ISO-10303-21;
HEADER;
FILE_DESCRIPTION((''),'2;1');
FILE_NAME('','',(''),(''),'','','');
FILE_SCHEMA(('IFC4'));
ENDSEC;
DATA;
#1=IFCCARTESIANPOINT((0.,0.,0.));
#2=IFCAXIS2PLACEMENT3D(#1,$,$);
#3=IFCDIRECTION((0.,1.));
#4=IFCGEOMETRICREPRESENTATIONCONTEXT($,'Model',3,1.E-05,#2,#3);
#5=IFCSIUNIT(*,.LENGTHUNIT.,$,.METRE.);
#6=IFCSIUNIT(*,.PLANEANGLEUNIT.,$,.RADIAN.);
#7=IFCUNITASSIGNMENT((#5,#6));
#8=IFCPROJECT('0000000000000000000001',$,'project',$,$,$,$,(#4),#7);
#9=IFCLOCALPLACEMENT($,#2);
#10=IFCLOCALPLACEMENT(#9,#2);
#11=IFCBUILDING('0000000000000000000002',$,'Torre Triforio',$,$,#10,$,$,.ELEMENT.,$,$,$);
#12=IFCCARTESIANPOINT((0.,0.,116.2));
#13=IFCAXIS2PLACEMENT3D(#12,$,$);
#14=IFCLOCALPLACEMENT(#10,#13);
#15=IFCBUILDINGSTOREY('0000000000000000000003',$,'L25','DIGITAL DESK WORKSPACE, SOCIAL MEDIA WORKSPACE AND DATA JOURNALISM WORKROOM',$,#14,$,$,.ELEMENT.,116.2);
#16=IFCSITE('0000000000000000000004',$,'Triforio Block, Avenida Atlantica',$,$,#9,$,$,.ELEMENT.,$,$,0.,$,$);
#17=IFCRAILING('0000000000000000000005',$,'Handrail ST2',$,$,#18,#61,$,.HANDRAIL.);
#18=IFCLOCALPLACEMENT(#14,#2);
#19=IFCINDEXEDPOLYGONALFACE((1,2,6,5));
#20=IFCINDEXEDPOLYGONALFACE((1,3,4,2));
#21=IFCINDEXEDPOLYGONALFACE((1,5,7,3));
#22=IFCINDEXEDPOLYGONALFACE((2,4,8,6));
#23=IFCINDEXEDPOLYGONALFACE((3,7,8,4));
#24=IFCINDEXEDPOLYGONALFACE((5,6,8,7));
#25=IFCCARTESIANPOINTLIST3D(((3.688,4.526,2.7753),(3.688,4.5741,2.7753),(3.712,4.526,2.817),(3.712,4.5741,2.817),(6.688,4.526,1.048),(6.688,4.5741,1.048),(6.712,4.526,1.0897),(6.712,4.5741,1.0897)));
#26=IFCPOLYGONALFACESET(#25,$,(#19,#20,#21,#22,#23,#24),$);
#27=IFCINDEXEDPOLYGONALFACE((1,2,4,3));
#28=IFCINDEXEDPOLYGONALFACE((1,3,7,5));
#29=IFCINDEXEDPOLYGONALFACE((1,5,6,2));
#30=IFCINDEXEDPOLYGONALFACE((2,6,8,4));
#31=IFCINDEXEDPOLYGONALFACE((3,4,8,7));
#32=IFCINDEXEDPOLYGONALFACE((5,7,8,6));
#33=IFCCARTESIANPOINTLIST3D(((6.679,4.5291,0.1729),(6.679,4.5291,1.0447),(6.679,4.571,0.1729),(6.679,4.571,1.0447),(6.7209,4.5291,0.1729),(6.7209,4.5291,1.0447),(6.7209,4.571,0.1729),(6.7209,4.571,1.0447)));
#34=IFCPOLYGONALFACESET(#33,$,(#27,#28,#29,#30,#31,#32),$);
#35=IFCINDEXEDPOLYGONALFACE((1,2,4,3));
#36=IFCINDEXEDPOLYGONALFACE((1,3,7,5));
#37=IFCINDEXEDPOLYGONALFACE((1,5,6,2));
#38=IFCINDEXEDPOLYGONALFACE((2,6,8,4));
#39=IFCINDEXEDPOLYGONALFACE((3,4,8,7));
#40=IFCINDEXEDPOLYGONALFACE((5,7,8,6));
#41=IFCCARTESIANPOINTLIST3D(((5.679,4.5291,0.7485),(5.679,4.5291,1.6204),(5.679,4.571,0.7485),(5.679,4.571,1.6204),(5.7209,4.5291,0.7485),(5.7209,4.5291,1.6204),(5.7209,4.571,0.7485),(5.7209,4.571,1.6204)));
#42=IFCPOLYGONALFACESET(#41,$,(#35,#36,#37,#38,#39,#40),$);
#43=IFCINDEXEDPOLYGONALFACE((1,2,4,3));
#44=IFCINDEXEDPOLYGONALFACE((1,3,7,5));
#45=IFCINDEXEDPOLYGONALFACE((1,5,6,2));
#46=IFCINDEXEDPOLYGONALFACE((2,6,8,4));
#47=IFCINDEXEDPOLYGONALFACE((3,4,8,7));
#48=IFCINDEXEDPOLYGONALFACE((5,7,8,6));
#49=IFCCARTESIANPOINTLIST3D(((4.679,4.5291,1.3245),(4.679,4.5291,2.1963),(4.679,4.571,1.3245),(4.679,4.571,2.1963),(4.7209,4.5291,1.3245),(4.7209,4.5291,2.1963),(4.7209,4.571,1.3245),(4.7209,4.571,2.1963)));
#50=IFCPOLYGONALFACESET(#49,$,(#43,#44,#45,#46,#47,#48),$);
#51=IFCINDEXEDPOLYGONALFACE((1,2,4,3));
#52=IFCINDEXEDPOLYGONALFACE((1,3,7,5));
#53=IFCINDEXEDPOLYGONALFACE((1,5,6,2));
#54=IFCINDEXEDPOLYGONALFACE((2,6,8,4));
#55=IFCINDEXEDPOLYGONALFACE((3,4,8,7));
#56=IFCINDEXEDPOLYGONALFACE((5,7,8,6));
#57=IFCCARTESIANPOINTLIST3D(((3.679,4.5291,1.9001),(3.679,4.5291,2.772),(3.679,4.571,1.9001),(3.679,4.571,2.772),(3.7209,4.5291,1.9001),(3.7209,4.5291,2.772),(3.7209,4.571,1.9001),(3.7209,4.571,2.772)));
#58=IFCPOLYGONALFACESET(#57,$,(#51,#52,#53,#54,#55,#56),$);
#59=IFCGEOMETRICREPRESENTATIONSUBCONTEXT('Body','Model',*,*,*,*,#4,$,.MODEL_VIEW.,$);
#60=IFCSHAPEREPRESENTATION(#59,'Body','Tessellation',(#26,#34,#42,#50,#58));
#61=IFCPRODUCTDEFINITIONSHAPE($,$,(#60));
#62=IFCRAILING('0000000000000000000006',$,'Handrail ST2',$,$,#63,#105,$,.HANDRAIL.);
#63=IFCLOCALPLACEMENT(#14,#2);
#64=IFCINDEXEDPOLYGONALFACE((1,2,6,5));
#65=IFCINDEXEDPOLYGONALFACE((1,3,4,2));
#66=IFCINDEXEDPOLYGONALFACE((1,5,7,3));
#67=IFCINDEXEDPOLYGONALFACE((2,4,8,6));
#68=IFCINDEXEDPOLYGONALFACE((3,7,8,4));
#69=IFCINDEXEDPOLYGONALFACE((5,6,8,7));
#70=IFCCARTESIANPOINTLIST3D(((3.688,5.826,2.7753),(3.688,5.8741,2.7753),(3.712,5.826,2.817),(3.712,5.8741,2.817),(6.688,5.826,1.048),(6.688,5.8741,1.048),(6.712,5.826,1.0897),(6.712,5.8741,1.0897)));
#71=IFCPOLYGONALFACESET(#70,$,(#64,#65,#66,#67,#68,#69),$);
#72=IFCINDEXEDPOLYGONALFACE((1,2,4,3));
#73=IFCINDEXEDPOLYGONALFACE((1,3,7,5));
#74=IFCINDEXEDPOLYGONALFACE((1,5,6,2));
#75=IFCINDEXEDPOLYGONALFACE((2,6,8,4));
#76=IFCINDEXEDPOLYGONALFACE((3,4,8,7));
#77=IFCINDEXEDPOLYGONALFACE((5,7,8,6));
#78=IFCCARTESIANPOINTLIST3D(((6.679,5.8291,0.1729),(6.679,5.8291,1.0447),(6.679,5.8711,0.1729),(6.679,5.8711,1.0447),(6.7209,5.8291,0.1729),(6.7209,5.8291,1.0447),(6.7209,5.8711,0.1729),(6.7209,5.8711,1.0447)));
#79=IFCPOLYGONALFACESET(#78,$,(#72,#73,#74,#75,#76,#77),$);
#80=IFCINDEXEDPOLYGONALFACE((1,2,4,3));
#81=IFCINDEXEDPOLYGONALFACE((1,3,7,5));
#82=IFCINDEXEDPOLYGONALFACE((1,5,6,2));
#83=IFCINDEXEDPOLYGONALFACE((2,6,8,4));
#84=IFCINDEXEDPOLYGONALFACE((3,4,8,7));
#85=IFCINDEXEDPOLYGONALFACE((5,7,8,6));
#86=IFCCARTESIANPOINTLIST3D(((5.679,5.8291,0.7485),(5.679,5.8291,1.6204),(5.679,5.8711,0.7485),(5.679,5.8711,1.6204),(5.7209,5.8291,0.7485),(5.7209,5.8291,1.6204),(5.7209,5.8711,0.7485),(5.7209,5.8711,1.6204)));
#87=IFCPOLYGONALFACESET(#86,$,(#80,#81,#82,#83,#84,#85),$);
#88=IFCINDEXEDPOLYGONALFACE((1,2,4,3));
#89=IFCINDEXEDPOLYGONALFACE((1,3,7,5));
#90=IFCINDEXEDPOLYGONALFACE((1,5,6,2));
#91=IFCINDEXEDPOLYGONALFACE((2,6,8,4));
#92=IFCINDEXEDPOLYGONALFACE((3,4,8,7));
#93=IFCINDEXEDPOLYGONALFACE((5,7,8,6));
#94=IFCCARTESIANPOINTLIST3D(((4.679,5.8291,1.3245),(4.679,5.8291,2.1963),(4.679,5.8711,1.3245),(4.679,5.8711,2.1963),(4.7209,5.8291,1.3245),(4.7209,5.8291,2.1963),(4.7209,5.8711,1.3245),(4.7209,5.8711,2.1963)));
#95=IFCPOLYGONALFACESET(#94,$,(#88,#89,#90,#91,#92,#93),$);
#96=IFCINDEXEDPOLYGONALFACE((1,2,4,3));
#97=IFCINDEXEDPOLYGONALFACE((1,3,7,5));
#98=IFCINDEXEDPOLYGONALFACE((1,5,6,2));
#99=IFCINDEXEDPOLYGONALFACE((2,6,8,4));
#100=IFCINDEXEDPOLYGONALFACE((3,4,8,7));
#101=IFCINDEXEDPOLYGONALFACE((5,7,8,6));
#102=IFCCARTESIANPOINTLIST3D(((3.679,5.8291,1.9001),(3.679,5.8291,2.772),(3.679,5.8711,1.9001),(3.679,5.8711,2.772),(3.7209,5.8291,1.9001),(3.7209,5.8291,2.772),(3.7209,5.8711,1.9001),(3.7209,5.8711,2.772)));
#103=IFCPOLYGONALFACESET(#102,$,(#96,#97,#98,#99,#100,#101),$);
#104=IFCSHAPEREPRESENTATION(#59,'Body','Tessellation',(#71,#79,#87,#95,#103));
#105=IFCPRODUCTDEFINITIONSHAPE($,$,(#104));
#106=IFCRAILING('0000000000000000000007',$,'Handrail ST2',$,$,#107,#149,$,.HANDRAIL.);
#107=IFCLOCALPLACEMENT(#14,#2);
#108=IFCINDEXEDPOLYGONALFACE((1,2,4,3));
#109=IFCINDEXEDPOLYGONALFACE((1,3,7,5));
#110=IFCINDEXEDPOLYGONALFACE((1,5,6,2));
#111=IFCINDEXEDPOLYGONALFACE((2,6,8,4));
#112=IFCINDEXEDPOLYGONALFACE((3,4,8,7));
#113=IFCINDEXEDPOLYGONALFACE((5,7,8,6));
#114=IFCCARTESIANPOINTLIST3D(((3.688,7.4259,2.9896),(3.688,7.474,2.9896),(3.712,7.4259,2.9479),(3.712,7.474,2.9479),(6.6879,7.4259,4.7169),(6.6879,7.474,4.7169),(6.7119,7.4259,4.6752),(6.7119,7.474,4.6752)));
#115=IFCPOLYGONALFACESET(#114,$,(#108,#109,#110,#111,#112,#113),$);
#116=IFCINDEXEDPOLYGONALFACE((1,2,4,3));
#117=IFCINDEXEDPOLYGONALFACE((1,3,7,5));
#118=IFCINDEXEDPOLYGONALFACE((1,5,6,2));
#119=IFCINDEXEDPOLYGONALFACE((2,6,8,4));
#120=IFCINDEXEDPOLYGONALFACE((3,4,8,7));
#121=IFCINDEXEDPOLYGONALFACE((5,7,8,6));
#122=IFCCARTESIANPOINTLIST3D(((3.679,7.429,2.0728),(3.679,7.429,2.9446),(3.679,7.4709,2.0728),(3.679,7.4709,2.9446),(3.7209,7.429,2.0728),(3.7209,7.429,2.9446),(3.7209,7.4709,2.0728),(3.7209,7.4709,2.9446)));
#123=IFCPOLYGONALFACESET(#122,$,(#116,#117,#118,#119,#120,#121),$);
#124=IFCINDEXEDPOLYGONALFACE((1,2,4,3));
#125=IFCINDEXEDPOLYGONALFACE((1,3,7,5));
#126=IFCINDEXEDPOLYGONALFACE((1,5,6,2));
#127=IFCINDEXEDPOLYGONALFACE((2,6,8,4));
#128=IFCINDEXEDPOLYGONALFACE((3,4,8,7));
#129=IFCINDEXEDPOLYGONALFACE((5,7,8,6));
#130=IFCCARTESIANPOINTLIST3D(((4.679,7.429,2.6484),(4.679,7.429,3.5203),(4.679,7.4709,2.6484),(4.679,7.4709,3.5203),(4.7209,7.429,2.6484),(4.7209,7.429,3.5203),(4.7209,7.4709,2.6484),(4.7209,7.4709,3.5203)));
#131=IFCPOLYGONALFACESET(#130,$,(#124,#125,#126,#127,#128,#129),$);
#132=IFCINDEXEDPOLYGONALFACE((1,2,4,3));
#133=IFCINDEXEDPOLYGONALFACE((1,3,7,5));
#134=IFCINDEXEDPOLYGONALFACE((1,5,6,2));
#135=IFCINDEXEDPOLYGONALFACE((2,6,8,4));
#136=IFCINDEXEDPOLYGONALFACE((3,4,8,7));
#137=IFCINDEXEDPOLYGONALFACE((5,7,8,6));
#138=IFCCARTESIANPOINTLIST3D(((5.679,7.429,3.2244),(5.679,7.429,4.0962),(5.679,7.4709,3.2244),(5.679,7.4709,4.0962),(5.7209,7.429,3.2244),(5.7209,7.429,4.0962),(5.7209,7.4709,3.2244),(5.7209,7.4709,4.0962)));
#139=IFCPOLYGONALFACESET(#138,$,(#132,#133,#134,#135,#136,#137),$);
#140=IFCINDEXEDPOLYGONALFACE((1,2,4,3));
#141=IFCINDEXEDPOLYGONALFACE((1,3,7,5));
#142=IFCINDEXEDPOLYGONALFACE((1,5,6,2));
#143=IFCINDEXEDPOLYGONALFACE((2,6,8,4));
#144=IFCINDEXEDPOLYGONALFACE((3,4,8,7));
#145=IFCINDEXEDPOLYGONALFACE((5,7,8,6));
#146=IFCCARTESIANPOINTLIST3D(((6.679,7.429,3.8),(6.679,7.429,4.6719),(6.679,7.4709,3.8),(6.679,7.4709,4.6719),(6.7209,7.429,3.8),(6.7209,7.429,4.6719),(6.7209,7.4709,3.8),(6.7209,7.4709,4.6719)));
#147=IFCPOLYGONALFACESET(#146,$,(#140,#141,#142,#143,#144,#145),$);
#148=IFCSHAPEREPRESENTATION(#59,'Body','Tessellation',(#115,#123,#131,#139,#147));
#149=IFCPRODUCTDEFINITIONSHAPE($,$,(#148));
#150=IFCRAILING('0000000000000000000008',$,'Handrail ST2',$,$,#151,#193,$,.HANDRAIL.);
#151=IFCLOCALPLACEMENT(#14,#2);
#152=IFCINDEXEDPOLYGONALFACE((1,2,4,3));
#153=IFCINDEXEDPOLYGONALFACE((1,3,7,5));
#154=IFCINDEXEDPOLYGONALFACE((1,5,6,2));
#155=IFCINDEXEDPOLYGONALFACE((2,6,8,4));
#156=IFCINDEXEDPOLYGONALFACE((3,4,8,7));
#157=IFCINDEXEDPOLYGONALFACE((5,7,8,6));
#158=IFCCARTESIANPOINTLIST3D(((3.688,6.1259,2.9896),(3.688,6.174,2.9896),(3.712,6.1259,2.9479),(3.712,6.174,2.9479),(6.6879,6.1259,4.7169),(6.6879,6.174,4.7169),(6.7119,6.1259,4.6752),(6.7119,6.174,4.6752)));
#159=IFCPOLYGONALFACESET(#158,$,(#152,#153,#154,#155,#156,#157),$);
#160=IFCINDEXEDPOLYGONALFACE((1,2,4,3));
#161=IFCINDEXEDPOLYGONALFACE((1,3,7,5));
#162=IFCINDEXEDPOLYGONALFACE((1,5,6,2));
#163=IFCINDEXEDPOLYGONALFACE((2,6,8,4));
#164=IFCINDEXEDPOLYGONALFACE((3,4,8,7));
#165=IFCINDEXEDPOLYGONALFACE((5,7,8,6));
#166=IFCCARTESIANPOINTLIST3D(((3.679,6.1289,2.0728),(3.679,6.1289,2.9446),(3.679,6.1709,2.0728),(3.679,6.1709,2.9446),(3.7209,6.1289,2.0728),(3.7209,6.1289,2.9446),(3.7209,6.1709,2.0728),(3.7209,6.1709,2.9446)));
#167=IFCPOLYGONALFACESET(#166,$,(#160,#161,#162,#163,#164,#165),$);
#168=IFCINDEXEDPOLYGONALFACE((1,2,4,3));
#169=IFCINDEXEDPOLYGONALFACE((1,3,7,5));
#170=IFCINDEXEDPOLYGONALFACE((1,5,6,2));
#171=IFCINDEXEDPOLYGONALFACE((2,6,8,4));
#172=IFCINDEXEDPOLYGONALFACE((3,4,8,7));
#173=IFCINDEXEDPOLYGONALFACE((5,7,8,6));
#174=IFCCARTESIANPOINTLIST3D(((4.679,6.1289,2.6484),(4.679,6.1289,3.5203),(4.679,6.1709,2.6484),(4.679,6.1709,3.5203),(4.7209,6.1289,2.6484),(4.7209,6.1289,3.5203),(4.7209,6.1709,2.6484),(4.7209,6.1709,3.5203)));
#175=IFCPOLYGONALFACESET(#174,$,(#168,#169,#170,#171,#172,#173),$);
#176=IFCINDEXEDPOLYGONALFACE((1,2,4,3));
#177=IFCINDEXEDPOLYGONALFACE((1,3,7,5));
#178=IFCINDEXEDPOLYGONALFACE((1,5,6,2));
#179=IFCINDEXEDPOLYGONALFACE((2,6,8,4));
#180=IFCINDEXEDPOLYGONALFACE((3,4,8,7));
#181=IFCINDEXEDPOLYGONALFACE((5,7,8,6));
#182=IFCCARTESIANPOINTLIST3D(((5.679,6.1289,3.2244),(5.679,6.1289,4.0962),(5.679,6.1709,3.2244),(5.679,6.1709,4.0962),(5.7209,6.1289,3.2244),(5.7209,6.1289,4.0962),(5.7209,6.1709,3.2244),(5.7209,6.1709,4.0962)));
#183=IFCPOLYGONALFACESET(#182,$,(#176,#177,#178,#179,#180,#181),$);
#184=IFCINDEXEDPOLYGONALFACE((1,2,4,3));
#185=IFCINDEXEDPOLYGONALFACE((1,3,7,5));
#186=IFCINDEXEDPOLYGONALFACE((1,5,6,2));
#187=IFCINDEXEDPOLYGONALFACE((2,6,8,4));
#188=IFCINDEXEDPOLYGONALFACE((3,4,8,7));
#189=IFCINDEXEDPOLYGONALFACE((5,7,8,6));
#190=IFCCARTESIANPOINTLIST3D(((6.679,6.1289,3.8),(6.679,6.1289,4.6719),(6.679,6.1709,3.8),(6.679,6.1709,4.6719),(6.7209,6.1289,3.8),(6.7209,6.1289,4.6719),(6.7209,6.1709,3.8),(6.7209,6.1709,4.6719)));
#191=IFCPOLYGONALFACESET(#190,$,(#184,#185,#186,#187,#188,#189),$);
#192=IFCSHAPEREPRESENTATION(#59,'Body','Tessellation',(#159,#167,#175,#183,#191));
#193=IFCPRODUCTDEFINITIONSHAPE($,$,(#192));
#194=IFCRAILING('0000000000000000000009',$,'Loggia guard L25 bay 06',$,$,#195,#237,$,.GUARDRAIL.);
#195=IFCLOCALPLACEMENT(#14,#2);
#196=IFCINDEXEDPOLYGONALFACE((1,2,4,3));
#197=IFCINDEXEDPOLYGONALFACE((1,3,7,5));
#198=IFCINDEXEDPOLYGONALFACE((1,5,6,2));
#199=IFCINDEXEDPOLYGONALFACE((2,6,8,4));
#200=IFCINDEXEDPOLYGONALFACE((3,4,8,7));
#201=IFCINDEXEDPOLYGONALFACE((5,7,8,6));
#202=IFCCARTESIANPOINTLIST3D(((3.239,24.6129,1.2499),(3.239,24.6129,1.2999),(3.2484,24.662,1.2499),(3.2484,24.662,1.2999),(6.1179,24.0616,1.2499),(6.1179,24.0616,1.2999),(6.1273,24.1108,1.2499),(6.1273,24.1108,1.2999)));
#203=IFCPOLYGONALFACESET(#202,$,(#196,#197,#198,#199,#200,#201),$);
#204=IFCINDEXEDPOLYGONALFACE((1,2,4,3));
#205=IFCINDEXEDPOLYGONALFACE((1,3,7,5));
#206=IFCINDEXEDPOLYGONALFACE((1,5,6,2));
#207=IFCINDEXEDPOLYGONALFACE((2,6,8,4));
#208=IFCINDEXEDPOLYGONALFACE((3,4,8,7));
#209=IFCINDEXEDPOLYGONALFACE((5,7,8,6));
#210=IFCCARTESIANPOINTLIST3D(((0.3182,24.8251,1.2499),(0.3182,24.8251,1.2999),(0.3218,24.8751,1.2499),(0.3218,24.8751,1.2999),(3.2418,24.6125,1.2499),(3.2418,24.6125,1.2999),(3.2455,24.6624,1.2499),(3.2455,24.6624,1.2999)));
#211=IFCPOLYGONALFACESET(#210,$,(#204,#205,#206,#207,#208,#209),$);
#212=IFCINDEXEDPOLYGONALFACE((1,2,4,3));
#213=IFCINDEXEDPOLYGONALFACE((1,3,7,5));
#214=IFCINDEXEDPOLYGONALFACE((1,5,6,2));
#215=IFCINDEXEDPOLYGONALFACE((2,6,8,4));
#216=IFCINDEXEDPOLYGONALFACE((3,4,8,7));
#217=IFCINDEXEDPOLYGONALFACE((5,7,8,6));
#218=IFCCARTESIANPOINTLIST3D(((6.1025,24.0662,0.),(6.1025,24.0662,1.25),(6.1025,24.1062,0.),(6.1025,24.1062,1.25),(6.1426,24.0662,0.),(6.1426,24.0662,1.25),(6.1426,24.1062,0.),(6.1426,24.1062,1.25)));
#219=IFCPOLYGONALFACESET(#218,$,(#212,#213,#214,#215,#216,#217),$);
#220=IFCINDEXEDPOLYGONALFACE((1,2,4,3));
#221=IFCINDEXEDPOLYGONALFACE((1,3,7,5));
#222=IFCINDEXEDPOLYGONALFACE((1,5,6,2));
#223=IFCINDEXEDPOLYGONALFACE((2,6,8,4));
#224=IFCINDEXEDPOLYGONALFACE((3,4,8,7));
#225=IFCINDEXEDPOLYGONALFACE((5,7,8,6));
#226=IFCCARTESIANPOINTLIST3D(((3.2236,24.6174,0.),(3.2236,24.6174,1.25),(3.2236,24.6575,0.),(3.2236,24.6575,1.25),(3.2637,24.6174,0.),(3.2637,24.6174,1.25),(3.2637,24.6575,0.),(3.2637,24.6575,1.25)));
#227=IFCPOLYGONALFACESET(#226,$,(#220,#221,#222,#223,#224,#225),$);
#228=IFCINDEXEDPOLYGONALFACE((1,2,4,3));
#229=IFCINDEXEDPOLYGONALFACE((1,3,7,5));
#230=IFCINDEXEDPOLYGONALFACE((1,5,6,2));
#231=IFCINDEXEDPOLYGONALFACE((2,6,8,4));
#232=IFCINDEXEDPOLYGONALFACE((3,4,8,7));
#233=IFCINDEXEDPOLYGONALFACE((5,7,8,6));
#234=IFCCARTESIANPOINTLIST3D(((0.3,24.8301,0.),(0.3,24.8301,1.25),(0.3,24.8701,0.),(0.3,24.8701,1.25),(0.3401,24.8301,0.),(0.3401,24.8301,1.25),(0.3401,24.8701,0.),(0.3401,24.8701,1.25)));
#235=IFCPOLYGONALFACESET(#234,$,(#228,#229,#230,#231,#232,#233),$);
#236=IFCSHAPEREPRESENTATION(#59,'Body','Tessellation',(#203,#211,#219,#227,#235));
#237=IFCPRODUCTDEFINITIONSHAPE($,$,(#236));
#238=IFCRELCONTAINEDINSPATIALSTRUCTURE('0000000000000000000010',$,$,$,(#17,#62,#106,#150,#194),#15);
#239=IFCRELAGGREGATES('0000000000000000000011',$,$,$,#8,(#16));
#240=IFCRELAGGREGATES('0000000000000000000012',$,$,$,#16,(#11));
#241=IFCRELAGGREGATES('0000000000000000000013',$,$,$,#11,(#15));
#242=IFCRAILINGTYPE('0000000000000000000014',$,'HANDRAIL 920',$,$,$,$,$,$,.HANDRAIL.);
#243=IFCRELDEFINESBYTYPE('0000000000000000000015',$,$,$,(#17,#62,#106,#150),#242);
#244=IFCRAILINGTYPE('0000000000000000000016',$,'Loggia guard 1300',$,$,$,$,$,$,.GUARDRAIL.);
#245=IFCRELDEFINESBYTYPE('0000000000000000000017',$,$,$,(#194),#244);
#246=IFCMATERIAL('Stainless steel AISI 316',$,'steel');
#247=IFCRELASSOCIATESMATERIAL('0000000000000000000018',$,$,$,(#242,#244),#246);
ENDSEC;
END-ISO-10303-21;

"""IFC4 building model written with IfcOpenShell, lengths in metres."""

from ifc_helpers import new_model, si_unit, direction, frame, origin, origin_2d, place, context, subcontext, project, spatial, rectangle, extrude, material, type_object, element, save


model = new_model("IFC4")

# Units and contexts
model_context = context("Model", 3, precision=1e-05, world=origin(), true_north=direction((0.0, 1.0)))
body_context = subcontext(model_context, "Body", "Model", "MODEL_VIEW")
ifc_project = project(units=[si_unit("LENGTHUNIT", "METRE"), si_unit("PLANEANGLEUNIT", "RADIAN")], contexts=[model_context])

# Site, building, storey
site_placement = place(None, origin())
site = spatial("IfcSite", under=ifc_project, at=site_placement, Name="Triforio Block, Avenida Atlantica", CompositionType="ELEMENT", RefElevation=0.0)
building_placement = place(site_placement, origin())
building = spatial("IfcBuilding", under=site, at=building_placement, Name="Torre Triforio", CompositionType="ELEMENT")
storey_placement = place(building_placement, frame((0.0, 0.0, 116.2)))
storey = spatial("IfcBuildingStorey", under=building, at=storey_placement, Name="L25", Description="DIGITAL DESK WORKSPACE, SOCIAL MEDIA WORKSPACE AND DATA JOURNALISM WORKROOM", CompositionType="ELEMENT", Elevation=116.2)

# Railings
ifc_material_1 = material(Name="Stainless steel AISI 316", Category="steel")
railing_type_1 = type_object("IfcRailingType", Name="HANDRAIL 920", PredefinedType="HANDRAIL", material=ifc_material_1)
for number, where, name in (
    (1, (6.7, 4.55, 0.1729), "Handrail ST2"),
    (2, (6.7, 5.8501, 0.1729), "Handrail ST2"),
):
    element("IfcRailing", number, at=place(storey_placement, frame(where)), inside=storey, type_object=railing_type_1, Name=name, PredefinedType="HANDRAIL", context=body_context, shape_type="SweptSolid", body=[
        extrude(rectangle(XDim=0.0481, YDim=0.0481, at=origin_2d()), frame((0.0, 0.0, 0.896), z_axis=(-0.86662, 0.0, 0.498969), x_axis=(0.0, -1.0, 0.0)), (0.0, 0.0, 1.0), 3.4617),
        extrude(rectangle(XDim=0.042, YDim=0.042, at=origin_2d()), origin(), (0.0, 0.0, 1.0), 0.8718),
        extrude(rectangle(XDim=0.042, YDim=0.042, at=origin_2d()), frame((-1.0, 0.0, 0.5757)), (0.0, 0.0, 1.0), 0.8718),
        extrude(rectangle(XDim=0.042, YDim=0.042, at=origin_2d()), frame((-2.0, 0.0, 1.1516)), (0.0, 0.0, 1.0), 0.8718),
        extrude(rectangle(XDim=0.042, YDim=0.042, at=origin_2d()), frame((-3.0, 0.0, 1.7273)), (0.0, 0.0, 1.0), 0.8718),
    ])
for number, where, name in (
    (3, (3.7, 7.45, 2.0728), "Handrail ST2"),
    (4, (3.7, 6.1499, 2.0728), "Handrail ST2"),
):
    element("IfcRailing", number, at=place(storey_placement, frame(where)), inside=storey, type_object=railing_type_1, Name=name, PredefinedType="HANDRAIL", context=body_context, shape_type="SweptSolid", body=[
        extrude(rectangle(XDim=0.0481, YDim=0.0481, at=origin_2d()), frame((0.0, 0.0, 0.896), z_axis=(0.86662, 0.0, 0.498969), x_axis=(0.0, 1.0, 0.0)), (0.0, 0.0, 1.0), 3.4617),
        extrude(rectangle(XDim=0.042, YDim=0.042, at=origin_2d()), origin(), (0.0, 0.0, 1.0), 0.8718),
        extrude(rectangle(XDim=0.042, YDim=0.042, at=origin_2d()), frame((1.0, 0.0, 0.5757)), (0.0, 0.0, 1.0), 0.8718),
        extrude(rectangle(XDim=0.042, YDim=0.042, at=origin_2d()), frame((2.0, 0.0, 1.1516)), (0.0, 0.0, 1.0), 0.8718),
        extrude(rectangle(XDim=0.042, YDim=0.042, at=origin_2d()), frame((3.0, 0.0, 1.7273)), (0.0, 0.0, 1.0), 0.8718),
    ])
railing_type_2 = type_object("IfcRailingType", Name="Loggia guard 1300", PredefinedType="GUARDRAIL", material=ifc_material_1)
railing_placement = place(storey_placement, frame((6.1226, 24.0862, 0.0)))
element("IfcRailing", 5, at=railing_placement, inside=storey, type_object=railing_type_2, Name="Loggia guard L25 bay 06", PredefinedType="GUARDRAIL", context=body_context, shape_type="SweptSolid", body=[
    extrude(rectangle(XDim=0.05, YDim=0.05, at=origin_2d()), frame((0.0, 0.0, 1.2749), z_axis=(-0.982156, 0.188069, 0.0), x_axis=(-0.188069, -0.982156, 0.0)), (0.0, 0.0, 1.0), 2.9312),
    extrude(rectangle(XDim=0.05, YDim=0.05, at=origin_2d()), frame((-2.8789, 0.5513, 1.2749), z_axis=(-0.997365, 0.072543, 0.0), x_axis=(-0.072543, -0.997365, 0.0)), (0.0, 0.0, 1.0), 2.9314),
    extrude(rectangle(XDim=0.04, YDim=0.04, at=origin_2d()), origin(), (0.0, 0.0, 1.0), 1.25),
    extrude(rectangle(XDim=0.04, YDim=0.04, at=origin_2d()), frame((-2.8789, 0.5513, 0.0)), (0.0, 0.0, 1.0), 1.25),
    extrude(rectangle(XDim=0.04, YDim=0.04, at=origin_2d()), frame((-5.8025, 0.7639, 0.0)), (0.0, 0.0, 1.0), 1.25),
])

save(model, "model.ifc")
